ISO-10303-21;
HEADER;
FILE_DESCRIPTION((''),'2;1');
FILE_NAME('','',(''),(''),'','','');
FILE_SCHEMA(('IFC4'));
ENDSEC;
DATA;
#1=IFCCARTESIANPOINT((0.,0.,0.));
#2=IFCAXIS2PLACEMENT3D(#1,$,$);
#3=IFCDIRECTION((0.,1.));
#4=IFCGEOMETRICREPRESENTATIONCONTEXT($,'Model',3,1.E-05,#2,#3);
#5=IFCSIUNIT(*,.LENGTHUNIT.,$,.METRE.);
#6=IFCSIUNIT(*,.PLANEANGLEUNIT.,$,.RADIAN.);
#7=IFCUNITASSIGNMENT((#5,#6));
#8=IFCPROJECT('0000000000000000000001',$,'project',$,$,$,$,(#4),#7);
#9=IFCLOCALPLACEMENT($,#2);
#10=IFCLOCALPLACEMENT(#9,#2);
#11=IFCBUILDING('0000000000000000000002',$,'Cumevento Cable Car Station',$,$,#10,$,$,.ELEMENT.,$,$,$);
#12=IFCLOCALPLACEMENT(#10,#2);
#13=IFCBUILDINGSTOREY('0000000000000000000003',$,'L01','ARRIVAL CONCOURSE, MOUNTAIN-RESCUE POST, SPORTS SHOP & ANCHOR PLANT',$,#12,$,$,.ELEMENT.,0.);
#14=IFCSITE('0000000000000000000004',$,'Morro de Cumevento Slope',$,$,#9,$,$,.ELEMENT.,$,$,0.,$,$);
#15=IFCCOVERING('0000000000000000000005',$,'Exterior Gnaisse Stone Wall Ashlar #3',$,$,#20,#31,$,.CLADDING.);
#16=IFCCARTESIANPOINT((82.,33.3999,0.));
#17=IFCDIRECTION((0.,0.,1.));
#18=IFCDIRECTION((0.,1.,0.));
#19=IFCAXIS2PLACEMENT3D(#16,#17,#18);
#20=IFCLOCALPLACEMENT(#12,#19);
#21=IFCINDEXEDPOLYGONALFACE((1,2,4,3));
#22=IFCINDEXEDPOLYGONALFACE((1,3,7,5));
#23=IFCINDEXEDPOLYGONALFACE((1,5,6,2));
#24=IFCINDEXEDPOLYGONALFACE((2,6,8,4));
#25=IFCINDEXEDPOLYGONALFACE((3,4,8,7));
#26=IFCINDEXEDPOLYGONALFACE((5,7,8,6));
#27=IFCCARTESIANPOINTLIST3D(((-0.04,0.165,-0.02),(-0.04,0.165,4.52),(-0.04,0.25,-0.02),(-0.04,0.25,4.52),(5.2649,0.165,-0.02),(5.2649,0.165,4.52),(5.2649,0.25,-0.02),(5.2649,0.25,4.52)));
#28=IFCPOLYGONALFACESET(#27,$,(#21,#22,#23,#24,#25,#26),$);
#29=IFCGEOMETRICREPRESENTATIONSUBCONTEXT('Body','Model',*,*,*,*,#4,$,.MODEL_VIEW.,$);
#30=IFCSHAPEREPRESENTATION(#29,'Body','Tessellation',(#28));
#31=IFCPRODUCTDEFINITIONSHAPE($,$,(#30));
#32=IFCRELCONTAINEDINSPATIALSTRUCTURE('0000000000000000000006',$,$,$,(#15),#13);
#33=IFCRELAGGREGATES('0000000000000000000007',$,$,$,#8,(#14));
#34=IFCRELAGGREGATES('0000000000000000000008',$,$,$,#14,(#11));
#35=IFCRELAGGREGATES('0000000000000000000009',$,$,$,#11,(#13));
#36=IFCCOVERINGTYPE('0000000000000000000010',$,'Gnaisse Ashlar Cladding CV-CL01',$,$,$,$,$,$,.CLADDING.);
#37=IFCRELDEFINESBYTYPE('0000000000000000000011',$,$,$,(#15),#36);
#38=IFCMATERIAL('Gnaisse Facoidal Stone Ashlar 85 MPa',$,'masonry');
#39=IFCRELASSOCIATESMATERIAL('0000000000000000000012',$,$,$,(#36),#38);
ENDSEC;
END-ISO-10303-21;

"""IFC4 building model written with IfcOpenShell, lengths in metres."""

from ifc_helpers import new_model, si_unit, direction, frame, origin, place, context, subcontext, project, spatial, polyline, outline, extrude, material, type_object, element, save


model = new_model("IFC4")

# Units and contexts
model_context = context("Model", 3, precision=1e-05, world=origin(), true_north=direction((0.0, 1.0)))
body_context = subcontext(model_context, "Body", "Model", "MODEL_VIEW")
ifc_project = project(units=[si_unit("LENGTHUNIT", "METRE"), si_unit("PLANEANGLEUNIT", "RADIAN")], contexts=[model_context])

# Site, building, storey
site_placement = place(None, origin())
site = spatial("IfcSite", under=ifc_project, at=site_placement, Name="Morro de Cumevento Slope", CompositionType="ELEMENT", RefElevation=0.0)
building_placement = place(site_placement, origin())
building = spatial("IfcBuilding", under=site, at=building_placement, Name="Cumevento Cable Car Station", CompositionType="ELEMENT")
storey_placement = place(building_placement, origin())
storey = spatial("IfcBuildingStorey", under=building, at=storey_placement, Name="L01", Description="ARRIVAL CONCOURSE, MOUNTAIN-RESCUE POST, SPORTS SHOP & ANCHOR PLANT", CompositionType="ELEMENT", Elevation=0.0)

# Covering
ifc_material_1 = material(Name="Gnaisse Facoidal Stone Ashlar 85 MPa", Category="masonry")
covering_type = type_object("IfcCoveringType", Name="Gnaisse Ashlar Cladding CV-CL01", PredefinedType="CLADDING", material=ifc_material_1)
covering_1_placement = place(storey_placement, frame((82.0, 33.3999, 0.0), z_axis=(0.0, 0.0, 1.0), x_axis=(0.0, 1.0, 0.0)))
element("IfcCovering", 1, at=covering_1_placement, inside=storey, type_object=covering_type, Name="Exterior Gnaisse Stone Wall Ashlar #3", PredefinedType="CLADDING", context=body_context, shape_type="SweptSolid", body=[
    extrude(outline(polyline([(-0.04, -0.02), (5.2649, -0.02), (5.2649, 4.52), (-0.04, 4.52), (-0.04, -0.02)])), frame((0.0, 0.25, 0.0), z_axis=(0.0, -1.0, 0.0), x_axis=(1.0, 0.0, 0.0)), (0.0, 0.0, 1.0), 0.085),
])

save(model, "model.ifc")
